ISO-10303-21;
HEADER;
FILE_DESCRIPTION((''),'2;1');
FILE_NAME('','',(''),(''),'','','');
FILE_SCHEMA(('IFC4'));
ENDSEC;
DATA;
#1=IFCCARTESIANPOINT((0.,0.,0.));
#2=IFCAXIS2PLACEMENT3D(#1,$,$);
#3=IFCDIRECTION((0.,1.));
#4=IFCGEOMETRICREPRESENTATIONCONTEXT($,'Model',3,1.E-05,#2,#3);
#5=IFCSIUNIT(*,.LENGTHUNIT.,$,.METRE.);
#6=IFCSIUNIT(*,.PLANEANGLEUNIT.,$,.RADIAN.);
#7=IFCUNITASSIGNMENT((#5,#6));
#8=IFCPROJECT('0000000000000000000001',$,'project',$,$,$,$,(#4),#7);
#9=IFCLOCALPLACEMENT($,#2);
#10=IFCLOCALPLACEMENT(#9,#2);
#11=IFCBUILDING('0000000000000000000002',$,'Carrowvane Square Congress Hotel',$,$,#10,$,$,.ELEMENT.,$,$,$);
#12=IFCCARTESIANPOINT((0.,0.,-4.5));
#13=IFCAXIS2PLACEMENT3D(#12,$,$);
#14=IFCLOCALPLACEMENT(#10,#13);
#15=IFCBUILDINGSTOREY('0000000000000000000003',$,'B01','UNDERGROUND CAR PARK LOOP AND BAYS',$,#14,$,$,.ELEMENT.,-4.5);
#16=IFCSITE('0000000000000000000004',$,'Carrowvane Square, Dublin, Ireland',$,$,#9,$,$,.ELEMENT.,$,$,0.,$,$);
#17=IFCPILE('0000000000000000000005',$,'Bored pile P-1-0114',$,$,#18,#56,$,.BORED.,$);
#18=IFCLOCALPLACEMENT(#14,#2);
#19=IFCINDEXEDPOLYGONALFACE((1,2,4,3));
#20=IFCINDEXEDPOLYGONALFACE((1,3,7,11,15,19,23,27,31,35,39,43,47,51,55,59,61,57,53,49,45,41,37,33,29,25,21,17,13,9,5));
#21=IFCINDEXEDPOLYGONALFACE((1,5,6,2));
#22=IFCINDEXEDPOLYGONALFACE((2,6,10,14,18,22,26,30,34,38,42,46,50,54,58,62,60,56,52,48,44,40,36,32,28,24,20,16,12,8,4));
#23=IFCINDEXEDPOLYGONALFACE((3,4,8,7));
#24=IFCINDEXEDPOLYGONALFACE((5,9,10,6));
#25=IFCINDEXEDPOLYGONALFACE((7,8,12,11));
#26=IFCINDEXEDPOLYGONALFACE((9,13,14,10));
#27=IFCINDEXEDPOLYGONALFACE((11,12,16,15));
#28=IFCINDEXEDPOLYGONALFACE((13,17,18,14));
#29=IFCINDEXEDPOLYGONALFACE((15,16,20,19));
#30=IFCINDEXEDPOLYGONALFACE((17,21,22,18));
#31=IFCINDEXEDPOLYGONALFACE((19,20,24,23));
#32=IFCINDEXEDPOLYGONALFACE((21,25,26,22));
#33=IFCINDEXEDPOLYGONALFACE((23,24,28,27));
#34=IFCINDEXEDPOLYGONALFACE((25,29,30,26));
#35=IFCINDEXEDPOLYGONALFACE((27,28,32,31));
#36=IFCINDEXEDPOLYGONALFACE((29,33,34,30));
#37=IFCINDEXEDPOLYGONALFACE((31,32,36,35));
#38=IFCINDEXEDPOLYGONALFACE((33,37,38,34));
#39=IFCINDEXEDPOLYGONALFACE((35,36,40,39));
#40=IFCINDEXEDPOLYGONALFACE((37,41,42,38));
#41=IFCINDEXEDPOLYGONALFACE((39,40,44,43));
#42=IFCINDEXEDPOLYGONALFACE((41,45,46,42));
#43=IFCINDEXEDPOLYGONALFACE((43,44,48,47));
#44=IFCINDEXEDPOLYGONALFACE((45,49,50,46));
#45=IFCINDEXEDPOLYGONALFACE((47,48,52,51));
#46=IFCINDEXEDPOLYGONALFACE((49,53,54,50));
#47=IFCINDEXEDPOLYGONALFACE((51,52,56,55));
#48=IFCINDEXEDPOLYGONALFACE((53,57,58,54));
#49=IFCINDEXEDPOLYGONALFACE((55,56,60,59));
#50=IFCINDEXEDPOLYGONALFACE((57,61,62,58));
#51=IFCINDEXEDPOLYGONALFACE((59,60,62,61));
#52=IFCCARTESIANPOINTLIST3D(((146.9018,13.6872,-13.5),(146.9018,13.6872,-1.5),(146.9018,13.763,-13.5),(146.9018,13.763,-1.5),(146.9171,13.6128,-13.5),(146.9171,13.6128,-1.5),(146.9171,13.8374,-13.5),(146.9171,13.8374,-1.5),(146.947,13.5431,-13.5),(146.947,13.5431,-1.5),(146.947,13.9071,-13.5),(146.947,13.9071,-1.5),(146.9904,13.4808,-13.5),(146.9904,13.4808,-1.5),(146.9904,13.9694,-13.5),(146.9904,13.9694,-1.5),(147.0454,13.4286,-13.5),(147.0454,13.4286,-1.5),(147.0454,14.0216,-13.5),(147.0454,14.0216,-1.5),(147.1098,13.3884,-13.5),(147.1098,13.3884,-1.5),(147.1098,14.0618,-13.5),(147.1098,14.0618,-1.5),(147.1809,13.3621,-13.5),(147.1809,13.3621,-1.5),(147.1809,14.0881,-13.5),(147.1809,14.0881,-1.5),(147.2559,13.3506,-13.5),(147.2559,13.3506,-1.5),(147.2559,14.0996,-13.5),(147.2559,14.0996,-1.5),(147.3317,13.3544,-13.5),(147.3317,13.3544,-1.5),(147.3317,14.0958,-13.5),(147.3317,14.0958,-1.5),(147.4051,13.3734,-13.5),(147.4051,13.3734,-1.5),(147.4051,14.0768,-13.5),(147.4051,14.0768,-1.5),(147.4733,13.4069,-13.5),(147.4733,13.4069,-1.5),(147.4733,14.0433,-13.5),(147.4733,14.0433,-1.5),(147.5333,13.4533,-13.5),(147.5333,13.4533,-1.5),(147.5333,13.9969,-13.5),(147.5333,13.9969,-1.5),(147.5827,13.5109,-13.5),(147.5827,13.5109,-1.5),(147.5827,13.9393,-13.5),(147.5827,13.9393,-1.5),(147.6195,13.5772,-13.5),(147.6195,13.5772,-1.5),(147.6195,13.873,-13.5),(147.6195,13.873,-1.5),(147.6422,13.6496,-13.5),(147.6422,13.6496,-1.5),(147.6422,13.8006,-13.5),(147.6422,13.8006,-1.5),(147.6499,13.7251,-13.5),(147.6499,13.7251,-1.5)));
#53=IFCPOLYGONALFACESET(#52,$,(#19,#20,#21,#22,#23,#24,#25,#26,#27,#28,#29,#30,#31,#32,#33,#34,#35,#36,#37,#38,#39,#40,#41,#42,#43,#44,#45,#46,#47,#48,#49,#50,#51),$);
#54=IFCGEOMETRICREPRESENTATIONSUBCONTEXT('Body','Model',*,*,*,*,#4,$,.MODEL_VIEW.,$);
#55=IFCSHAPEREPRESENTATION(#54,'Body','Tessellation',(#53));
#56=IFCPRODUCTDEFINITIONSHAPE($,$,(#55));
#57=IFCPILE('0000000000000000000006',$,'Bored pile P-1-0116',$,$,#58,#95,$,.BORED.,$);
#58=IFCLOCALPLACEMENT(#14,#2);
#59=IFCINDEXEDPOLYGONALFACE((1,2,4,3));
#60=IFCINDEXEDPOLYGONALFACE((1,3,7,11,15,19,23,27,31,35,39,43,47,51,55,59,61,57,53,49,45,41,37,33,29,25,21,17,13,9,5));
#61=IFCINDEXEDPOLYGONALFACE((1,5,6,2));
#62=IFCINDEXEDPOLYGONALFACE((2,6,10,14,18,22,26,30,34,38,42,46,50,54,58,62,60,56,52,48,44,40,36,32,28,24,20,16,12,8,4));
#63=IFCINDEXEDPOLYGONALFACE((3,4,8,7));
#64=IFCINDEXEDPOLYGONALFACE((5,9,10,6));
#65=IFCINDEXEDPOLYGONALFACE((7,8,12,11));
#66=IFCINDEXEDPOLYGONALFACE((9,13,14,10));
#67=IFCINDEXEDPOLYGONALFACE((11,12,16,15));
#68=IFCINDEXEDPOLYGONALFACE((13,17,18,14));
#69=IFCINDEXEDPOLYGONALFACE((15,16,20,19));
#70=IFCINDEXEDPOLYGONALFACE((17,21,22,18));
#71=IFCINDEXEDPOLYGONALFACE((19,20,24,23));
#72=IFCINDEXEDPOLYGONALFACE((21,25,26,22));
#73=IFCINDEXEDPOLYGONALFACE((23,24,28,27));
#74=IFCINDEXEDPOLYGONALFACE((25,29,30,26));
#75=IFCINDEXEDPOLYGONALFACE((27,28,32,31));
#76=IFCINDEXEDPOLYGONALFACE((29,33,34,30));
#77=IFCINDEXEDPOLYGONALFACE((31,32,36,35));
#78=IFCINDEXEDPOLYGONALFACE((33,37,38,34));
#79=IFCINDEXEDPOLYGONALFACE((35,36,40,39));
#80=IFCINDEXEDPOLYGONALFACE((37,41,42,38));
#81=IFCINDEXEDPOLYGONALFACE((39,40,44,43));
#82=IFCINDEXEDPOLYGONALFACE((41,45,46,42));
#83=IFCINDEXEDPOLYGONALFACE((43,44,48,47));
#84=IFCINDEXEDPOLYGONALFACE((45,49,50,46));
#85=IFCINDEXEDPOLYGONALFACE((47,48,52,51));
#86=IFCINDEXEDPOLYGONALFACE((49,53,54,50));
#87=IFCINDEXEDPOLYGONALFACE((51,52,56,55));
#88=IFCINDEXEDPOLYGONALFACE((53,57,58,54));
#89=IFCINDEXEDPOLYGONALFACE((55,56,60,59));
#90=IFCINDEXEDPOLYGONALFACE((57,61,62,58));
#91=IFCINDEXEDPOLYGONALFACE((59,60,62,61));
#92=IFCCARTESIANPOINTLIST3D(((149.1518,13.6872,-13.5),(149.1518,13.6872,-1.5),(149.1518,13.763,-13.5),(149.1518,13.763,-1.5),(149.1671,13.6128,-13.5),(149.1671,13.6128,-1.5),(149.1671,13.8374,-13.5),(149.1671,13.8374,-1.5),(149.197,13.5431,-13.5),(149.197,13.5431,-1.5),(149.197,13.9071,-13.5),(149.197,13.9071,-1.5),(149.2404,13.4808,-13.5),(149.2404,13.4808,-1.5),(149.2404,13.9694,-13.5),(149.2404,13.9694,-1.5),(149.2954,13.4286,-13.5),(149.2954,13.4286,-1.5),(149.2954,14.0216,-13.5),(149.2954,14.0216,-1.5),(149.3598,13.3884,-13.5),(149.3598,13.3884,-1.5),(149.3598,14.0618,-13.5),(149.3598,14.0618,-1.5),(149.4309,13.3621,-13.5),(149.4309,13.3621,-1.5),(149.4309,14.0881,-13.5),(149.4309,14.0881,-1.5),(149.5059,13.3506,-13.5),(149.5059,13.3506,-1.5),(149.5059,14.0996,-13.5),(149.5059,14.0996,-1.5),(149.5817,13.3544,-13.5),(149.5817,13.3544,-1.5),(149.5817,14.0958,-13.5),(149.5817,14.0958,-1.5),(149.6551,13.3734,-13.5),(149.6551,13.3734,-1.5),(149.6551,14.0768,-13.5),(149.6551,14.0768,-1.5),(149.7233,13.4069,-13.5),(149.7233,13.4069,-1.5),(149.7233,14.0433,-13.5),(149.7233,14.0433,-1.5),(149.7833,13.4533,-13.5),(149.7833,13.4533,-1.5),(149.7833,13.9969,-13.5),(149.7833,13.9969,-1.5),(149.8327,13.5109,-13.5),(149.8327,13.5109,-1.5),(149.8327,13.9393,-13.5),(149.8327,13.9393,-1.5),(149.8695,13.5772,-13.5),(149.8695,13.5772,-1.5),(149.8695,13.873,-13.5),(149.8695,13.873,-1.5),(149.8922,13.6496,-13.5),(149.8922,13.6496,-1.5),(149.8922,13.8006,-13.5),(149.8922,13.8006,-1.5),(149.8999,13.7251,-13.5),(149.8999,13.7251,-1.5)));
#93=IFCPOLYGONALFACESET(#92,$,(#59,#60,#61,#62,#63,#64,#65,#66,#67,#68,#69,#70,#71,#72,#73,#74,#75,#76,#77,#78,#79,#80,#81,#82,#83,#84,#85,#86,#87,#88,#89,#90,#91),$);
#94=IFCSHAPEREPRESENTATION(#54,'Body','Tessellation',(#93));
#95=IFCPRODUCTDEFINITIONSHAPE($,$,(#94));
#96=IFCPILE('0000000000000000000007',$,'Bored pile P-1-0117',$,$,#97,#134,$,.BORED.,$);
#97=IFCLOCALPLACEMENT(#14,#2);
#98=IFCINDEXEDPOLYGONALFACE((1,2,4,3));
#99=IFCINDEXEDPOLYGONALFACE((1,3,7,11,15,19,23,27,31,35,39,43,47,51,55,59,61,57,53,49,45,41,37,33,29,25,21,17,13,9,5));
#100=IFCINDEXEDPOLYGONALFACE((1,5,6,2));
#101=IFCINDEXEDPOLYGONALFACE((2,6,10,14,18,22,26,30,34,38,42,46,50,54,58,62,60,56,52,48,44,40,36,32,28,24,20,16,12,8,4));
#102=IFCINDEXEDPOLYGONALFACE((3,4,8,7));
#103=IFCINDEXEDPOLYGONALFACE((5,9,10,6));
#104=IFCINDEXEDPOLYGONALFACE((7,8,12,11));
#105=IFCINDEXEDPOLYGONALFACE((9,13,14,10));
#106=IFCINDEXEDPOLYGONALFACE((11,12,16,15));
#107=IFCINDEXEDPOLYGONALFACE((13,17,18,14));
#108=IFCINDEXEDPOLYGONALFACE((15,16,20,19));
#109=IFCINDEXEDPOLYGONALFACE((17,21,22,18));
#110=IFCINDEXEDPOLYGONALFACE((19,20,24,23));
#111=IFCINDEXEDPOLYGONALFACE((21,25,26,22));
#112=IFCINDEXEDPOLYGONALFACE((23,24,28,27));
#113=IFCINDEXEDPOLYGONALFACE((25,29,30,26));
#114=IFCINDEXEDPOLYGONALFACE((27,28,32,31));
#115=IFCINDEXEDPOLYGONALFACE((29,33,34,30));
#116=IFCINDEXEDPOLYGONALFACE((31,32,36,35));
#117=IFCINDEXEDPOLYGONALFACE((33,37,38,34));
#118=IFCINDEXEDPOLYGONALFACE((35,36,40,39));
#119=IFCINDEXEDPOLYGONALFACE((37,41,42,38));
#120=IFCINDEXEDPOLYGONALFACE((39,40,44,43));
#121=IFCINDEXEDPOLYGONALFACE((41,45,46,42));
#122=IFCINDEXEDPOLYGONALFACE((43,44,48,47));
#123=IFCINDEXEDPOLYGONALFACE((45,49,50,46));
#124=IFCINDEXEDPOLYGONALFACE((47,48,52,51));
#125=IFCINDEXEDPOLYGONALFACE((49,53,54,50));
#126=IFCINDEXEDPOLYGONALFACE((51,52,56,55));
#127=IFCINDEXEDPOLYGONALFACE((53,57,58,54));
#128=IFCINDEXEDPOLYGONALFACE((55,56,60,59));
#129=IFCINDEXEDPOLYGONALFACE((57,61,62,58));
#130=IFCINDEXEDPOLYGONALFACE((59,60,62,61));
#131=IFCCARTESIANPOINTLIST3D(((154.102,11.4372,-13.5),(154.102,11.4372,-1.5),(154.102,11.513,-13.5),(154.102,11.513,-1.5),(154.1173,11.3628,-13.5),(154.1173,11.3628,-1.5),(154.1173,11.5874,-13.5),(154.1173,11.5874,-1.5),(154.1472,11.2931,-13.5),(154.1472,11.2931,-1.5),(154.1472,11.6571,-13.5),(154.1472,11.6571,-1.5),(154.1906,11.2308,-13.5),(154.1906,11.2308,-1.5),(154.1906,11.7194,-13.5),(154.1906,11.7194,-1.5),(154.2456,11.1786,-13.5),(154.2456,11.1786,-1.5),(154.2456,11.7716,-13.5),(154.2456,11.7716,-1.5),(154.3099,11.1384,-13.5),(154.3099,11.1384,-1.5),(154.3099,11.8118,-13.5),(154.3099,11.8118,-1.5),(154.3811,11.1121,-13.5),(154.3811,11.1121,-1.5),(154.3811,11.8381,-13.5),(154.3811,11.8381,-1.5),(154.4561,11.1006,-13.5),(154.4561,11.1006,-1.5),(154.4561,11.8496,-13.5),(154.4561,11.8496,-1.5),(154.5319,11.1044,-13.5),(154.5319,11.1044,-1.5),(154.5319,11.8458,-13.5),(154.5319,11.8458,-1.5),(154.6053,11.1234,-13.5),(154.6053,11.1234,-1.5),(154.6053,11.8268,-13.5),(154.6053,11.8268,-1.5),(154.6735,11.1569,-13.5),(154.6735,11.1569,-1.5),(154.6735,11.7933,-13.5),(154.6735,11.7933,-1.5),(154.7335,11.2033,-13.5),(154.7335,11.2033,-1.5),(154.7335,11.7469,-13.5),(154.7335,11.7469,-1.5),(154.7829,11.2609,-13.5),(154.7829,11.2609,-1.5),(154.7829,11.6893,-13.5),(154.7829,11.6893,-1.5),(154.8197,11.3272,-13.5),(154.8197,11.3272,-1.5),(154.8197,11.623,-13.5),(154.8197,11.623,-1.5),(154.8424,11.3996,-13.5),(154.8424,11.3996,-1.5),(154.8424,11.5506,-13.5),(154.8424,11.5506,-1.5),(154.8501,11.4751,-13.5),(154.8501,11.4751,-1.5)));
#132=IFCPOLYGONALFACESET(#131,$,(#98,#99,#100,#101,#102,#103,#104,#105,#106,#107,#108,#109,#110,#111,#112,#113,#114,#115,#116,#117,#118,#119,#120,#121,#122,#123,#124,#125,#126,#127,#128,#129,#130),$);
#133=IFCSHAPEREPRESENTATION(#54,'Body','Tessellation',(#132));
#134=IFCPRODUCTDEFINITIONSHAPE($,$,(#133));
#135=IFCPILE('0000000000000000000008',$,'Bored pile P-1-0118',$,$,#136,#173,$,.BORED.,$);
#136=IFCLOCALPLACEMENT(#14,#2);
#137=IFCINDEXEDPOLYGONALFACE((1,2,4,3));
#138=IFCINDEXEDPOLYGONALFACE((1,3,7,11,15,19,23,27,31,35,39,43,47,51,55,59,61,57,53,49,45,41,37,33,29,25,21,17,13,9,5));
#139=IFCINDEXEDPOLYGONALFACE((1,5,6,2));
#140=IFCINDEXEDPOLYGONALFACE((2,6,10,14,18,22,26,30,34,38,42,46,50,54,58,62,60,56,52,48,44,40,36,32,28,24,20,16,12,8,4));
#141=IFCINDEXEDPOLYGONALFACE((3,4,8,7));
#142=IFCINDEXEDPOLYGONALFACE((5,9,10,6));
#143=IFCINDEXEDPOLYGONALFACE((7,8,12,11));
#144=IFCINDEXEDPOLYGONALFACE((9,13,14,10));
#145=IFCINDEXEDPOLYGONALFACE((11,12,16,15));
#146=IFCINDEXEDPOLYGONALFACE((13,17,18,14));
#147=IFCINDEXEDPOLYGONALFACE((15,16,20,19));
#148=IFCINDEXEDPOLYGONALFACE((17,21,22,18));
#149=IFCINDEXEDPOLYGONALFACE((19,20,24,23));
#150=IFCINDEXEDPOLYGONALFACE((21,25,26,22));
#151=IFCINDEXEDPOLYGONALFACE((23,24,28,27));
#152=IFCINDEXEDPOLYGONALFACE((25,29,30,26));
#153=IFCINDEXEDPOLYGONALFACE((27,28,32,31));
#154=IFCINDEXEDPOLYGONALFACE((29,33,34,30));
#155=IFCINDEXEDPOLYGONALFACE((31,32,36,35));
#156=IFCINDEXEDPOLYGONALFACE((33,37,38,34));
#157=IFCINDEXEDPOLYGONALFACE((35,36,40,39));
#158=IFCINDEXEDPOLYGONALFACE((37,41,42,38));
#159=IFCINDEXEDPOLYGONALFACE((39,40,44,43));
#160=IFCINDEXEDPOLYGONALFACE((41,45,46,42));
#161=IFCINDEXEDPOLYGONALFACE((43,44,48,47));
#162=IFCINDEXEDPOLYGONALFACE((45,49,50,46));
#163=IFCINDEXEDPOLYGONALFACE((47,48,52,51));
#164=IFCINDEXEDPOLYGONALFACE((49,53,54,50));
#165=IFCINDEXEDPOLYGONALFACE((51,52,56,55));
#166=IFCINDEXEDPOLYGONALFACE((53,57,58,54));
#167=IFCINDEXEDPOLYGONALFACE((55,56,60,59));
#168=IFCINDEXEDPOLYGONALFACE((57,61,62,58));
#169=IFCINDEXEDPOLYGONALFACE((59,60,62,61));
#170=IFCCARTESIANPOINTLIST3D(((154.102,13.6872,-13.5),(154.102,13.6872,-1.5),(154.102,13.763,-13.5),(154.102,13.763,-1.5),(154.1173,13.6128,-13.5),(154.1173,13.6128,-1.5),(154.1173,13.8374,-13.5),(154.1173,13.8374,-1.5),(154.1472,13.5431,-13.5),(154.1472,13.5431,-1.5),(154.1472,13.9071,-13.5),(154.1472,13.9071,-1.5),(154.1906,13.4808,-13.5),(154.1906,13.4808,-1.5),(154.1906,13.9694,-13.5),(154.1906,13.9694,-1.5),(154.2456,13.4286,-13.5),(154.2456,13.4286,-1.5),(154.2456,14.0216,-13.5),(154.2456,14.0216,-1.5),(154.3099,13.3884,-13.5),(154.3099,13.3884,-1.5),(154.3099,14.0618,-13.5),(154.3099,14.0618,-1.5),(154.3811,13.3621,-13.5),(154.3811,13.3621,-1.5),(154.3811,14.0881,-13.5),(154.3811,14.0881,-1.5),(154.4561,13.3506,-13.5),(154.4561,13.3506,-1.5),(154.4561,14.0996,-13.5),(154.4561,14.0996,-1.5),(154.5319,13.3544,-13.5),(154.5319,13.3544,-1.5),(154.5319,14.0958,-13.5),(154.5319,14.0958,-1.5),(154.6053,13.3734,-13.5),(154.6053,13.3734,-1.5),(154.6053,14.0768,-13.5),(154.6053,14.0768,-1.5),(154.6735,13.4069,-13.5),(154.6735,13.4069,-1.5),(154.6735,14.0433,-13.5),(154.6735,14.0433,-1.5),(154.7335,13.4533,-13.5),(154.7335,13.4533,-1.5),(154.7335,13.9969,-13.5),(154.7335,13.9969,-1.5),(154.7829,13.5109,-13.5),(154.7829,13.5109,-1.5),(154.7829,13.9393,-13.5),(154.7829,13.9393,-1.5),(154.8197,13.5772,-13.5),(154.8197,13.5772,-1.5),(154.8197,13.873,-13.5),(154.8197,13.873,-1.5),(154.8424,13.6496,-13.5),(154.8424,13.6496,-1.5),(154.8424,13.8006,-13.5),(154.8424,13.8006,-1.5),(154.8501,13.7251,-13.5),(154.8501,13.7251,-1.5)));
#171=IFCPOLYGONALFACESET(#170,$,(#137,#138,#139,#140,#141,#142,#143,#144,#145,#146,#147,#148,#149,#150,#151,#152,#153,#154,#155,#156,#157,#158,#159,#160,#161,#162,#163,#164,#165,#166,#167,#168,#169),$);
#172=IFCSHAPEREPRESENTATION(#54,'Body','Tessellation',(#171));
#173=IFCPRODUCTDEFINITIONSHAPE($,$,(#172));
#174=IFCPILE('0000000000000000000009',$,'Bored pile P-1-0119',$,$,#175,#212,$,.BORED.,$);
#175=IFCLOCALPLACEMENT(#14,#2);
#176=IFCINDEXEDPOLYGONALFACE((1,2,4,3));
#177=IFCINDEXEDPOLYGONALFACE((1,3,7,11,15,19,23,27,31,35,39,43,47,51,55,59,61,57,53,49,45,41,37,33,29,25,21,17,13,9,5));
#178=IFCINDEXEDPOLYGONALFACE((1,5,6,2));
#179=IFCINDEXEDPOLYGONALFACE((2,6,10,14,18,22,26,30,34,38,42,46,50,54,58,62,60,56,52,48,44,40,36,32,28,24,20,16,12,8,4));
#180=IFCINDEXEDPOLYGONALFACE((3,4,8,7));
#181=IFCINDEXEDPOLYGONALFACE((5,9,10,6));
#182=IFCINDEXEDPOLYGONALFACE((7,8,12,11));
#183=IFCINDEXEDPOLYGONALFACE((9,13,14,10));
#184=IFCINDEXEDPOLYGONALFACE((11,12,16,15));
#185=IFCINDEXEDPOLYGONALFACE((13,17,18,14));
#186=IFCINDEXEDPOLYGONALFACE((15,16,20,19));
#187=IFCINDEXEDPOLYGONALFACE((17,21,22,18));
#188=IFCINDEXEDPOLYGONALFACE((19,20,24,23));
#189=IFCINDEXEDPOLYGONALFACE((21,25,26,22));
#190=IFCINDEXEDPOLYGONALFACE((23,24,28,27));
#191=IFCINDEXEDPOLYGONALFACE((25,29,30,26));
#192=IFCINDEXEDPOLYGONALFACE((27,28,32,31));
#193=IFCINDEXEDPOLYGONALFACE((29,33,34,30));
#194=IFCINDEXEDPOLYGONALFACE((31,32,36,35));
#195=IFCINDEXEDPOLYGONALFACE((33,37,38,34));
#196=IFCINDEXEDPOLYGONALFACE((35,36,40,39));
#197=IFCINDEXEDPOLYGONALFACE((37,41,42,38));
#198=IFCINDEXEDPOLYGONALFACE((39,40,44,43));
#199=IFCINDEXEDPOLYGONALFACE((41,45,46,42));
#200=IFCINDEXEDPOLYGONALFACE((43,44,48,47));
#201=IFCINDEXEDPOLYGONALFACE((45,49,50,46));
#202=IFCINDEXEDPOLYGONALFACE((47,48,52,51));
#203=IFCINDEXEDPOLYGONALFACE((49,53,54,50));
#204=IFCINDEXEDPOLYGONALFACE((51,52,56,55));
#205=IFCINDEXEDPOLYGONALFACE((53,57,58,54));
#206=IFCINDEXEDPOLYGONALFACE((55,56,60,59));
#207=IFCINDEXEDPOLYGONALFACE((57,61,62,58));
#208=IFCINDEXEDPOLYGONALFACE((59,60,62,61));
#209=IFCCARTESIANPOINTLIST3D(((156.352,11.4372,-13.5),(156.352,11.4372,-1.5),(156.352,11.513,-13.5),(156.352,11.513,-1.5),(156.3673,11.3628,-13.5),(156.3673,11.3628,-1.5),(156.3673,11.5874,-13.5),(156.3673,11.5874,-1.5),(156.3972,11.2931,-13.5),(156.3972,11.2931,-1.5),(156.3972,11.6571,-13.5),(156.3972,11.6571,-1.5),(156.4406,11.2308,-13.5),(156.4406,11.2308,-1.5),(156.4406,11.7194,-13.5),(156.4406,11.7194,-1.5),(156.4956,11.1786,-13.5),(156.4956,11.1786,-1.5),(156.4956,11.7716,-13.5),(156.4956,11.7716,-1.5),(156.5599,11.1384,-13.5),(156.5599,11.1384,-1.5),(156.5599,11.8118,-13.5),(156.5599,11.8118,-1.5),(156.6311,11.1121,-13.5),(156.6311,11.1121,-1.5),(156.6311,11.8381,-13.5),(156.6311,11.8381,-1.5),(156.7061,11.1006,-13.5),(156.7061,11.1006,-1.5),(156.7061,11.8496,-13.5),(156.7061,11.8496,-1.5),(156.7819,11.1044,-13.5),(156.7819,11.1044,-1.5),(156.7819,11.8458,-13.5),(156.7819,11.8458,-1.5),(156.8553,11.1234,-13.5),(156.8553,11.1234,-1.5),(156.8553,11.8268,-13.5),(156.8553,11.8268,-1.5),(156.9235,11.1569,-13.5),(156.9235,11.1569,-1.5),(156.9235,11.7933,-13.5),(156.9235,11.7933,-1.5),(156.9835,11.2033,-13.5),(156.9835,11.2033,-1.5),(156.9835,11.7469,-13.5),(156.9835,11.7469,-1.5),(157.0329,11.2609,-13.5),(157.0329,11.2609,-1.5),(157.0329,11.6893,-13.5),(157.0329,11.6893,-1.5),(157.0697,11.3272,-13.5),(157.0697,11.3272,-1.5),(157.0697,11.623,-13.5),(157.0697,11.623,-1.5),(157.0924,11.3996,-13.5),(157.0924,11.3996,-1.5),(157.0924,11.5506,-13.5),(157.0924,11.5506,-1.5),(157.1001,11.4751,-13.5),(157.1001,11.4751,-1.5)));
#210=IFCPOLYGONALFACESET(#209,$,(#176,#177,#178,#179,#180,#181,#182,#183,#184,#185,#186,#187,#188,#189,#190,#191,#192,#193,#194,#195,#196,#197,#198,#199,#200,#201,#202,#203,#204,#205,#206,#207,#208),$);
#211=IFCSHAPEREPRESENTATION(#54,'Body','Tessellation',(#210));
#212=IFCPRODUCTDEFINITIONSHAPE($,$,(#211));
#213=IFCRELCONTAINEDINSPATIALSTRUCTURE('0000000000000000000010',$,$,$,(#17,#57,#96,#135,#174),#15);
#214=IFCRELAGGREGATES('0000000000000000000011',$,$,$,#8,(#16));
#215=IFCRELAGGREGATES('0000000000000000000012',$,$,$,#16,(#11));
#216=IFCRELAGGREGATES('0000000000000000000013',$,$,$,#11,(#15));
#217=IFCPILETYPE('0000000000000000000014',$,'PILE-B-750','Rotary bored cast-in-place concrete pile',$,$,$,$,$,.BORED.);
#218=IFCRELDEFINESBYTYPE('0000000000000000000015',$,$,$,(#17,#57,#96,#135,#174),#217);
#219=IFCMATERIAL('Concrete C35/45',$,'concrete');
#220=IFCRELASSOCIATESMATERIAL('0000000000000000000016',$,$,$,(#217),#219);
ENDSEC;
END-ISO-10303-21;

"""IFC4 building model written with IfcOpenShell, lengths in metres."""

from ifc_helpers import new_model, si_unit, direction, frame, origin, origin_2d, place, context, subcontext, project, spatial, circle, extrude, material, material_profile, profile_set, type_object, element, save


model = new_model("IFC4")

# Units and contexts
model_context = context("Model", 3, precision=1e-05, world=origin(), true_north=direction((0.0, 1.0)))
body_context = subcontext(model_context, "Body", "Model", "MODEL_VIEW")
ifc_project = project(units=[si_unit("LENGTHUNIT", "METRE"), si_unit("PLANEANGLEUNIT", "RADIAN")], contexts=[model_context])

# Site, building, storey
site_placement = place(None, origin())
site = spatial("IfcSite", under=ifc_project, at=site_placement, Name="Carrowvane Square, Dublin, Ireland", CompositionType="ELEMENT", RefElevation=0.0)
building_placement = place(site_placement, origin())
building = spatial("IfcBuilding", under=site, at=building_placement, Name="Carrowvane Square Congress Hotel", CompositionType="ELEMENT")
storey_placement = place(building_placement, frame((0.0, 0.0, -4.5)))
storey = spatial("IfcBuildingStorey", under=building, at=storey_placement, Name="B01", Description="UNDERGROUND CAR PARK LOOP AND BAYS", CompositionType="ELEMENT", Elevation=-4.5)

# Piles
ifc_material_1 = material(Name="Concrete C35/45", Category="concrete")
ifc_material_profile_1 = material_profile(ifc_material_1, circle(Radius=0.375, at=origin_2d()), Name="PILE D750")
ifc_profile_set_1 = profile_set([ifc_material_profile_1], Name="Concrete C35/45")
pile_type_1 = type_object("IfcPileType", Name="PILE-B-750", Description="Rotary bored cast-in-place concrete pile", PredefinedType="BORED", material=ifc_profile_set_1)
for number, where, z_axis, x_axis, name in (
    (1, (147.2749, 13.7251, -1.5), (0.0, 0.0, -1.0), (1.0, 0.0, 0.0), "Bored pile P-1-0114"),
    (2, (149.5249, 13.7251, -1.5), (0.0, 0.0, -1.0), (1.0, 0.0, 0.0), "Bored pile P-1-0116"),
    (3, (154.4751, 11.4751, -1.5), (0.0, 0.0, -1.0), (1.0, 0.0, 0.0), "Bored pile P-1-0117"),
    (4, (154.4751, 13.7251, -1.5), (0.0, 0.0, -1.0), (1.0, 0.0, 0.0), "Bored pile P-1-0118"),
    (5, (156.7251, 11.4751, -1.5), (0.0, 0.0, -1.0), (1.0, 0.0, 0.0), "Bored pile P-1-0119"),
):
    element("IfcPile", number, at=place(storey_placement, frame(where, z_axis=z_axis, x_axis=x_axis)), inside=storey, type_object=pile_type_1, Name=name, PredefinedType="BORED", context=body_context, shape_type="SweptSolid", body=[
        extrude(circle(Radius=0.375, at=origin_2d()), origin(), (0.0, 0.0, 1.0), 12.0),
    ])

save(model, "model.ifc")
